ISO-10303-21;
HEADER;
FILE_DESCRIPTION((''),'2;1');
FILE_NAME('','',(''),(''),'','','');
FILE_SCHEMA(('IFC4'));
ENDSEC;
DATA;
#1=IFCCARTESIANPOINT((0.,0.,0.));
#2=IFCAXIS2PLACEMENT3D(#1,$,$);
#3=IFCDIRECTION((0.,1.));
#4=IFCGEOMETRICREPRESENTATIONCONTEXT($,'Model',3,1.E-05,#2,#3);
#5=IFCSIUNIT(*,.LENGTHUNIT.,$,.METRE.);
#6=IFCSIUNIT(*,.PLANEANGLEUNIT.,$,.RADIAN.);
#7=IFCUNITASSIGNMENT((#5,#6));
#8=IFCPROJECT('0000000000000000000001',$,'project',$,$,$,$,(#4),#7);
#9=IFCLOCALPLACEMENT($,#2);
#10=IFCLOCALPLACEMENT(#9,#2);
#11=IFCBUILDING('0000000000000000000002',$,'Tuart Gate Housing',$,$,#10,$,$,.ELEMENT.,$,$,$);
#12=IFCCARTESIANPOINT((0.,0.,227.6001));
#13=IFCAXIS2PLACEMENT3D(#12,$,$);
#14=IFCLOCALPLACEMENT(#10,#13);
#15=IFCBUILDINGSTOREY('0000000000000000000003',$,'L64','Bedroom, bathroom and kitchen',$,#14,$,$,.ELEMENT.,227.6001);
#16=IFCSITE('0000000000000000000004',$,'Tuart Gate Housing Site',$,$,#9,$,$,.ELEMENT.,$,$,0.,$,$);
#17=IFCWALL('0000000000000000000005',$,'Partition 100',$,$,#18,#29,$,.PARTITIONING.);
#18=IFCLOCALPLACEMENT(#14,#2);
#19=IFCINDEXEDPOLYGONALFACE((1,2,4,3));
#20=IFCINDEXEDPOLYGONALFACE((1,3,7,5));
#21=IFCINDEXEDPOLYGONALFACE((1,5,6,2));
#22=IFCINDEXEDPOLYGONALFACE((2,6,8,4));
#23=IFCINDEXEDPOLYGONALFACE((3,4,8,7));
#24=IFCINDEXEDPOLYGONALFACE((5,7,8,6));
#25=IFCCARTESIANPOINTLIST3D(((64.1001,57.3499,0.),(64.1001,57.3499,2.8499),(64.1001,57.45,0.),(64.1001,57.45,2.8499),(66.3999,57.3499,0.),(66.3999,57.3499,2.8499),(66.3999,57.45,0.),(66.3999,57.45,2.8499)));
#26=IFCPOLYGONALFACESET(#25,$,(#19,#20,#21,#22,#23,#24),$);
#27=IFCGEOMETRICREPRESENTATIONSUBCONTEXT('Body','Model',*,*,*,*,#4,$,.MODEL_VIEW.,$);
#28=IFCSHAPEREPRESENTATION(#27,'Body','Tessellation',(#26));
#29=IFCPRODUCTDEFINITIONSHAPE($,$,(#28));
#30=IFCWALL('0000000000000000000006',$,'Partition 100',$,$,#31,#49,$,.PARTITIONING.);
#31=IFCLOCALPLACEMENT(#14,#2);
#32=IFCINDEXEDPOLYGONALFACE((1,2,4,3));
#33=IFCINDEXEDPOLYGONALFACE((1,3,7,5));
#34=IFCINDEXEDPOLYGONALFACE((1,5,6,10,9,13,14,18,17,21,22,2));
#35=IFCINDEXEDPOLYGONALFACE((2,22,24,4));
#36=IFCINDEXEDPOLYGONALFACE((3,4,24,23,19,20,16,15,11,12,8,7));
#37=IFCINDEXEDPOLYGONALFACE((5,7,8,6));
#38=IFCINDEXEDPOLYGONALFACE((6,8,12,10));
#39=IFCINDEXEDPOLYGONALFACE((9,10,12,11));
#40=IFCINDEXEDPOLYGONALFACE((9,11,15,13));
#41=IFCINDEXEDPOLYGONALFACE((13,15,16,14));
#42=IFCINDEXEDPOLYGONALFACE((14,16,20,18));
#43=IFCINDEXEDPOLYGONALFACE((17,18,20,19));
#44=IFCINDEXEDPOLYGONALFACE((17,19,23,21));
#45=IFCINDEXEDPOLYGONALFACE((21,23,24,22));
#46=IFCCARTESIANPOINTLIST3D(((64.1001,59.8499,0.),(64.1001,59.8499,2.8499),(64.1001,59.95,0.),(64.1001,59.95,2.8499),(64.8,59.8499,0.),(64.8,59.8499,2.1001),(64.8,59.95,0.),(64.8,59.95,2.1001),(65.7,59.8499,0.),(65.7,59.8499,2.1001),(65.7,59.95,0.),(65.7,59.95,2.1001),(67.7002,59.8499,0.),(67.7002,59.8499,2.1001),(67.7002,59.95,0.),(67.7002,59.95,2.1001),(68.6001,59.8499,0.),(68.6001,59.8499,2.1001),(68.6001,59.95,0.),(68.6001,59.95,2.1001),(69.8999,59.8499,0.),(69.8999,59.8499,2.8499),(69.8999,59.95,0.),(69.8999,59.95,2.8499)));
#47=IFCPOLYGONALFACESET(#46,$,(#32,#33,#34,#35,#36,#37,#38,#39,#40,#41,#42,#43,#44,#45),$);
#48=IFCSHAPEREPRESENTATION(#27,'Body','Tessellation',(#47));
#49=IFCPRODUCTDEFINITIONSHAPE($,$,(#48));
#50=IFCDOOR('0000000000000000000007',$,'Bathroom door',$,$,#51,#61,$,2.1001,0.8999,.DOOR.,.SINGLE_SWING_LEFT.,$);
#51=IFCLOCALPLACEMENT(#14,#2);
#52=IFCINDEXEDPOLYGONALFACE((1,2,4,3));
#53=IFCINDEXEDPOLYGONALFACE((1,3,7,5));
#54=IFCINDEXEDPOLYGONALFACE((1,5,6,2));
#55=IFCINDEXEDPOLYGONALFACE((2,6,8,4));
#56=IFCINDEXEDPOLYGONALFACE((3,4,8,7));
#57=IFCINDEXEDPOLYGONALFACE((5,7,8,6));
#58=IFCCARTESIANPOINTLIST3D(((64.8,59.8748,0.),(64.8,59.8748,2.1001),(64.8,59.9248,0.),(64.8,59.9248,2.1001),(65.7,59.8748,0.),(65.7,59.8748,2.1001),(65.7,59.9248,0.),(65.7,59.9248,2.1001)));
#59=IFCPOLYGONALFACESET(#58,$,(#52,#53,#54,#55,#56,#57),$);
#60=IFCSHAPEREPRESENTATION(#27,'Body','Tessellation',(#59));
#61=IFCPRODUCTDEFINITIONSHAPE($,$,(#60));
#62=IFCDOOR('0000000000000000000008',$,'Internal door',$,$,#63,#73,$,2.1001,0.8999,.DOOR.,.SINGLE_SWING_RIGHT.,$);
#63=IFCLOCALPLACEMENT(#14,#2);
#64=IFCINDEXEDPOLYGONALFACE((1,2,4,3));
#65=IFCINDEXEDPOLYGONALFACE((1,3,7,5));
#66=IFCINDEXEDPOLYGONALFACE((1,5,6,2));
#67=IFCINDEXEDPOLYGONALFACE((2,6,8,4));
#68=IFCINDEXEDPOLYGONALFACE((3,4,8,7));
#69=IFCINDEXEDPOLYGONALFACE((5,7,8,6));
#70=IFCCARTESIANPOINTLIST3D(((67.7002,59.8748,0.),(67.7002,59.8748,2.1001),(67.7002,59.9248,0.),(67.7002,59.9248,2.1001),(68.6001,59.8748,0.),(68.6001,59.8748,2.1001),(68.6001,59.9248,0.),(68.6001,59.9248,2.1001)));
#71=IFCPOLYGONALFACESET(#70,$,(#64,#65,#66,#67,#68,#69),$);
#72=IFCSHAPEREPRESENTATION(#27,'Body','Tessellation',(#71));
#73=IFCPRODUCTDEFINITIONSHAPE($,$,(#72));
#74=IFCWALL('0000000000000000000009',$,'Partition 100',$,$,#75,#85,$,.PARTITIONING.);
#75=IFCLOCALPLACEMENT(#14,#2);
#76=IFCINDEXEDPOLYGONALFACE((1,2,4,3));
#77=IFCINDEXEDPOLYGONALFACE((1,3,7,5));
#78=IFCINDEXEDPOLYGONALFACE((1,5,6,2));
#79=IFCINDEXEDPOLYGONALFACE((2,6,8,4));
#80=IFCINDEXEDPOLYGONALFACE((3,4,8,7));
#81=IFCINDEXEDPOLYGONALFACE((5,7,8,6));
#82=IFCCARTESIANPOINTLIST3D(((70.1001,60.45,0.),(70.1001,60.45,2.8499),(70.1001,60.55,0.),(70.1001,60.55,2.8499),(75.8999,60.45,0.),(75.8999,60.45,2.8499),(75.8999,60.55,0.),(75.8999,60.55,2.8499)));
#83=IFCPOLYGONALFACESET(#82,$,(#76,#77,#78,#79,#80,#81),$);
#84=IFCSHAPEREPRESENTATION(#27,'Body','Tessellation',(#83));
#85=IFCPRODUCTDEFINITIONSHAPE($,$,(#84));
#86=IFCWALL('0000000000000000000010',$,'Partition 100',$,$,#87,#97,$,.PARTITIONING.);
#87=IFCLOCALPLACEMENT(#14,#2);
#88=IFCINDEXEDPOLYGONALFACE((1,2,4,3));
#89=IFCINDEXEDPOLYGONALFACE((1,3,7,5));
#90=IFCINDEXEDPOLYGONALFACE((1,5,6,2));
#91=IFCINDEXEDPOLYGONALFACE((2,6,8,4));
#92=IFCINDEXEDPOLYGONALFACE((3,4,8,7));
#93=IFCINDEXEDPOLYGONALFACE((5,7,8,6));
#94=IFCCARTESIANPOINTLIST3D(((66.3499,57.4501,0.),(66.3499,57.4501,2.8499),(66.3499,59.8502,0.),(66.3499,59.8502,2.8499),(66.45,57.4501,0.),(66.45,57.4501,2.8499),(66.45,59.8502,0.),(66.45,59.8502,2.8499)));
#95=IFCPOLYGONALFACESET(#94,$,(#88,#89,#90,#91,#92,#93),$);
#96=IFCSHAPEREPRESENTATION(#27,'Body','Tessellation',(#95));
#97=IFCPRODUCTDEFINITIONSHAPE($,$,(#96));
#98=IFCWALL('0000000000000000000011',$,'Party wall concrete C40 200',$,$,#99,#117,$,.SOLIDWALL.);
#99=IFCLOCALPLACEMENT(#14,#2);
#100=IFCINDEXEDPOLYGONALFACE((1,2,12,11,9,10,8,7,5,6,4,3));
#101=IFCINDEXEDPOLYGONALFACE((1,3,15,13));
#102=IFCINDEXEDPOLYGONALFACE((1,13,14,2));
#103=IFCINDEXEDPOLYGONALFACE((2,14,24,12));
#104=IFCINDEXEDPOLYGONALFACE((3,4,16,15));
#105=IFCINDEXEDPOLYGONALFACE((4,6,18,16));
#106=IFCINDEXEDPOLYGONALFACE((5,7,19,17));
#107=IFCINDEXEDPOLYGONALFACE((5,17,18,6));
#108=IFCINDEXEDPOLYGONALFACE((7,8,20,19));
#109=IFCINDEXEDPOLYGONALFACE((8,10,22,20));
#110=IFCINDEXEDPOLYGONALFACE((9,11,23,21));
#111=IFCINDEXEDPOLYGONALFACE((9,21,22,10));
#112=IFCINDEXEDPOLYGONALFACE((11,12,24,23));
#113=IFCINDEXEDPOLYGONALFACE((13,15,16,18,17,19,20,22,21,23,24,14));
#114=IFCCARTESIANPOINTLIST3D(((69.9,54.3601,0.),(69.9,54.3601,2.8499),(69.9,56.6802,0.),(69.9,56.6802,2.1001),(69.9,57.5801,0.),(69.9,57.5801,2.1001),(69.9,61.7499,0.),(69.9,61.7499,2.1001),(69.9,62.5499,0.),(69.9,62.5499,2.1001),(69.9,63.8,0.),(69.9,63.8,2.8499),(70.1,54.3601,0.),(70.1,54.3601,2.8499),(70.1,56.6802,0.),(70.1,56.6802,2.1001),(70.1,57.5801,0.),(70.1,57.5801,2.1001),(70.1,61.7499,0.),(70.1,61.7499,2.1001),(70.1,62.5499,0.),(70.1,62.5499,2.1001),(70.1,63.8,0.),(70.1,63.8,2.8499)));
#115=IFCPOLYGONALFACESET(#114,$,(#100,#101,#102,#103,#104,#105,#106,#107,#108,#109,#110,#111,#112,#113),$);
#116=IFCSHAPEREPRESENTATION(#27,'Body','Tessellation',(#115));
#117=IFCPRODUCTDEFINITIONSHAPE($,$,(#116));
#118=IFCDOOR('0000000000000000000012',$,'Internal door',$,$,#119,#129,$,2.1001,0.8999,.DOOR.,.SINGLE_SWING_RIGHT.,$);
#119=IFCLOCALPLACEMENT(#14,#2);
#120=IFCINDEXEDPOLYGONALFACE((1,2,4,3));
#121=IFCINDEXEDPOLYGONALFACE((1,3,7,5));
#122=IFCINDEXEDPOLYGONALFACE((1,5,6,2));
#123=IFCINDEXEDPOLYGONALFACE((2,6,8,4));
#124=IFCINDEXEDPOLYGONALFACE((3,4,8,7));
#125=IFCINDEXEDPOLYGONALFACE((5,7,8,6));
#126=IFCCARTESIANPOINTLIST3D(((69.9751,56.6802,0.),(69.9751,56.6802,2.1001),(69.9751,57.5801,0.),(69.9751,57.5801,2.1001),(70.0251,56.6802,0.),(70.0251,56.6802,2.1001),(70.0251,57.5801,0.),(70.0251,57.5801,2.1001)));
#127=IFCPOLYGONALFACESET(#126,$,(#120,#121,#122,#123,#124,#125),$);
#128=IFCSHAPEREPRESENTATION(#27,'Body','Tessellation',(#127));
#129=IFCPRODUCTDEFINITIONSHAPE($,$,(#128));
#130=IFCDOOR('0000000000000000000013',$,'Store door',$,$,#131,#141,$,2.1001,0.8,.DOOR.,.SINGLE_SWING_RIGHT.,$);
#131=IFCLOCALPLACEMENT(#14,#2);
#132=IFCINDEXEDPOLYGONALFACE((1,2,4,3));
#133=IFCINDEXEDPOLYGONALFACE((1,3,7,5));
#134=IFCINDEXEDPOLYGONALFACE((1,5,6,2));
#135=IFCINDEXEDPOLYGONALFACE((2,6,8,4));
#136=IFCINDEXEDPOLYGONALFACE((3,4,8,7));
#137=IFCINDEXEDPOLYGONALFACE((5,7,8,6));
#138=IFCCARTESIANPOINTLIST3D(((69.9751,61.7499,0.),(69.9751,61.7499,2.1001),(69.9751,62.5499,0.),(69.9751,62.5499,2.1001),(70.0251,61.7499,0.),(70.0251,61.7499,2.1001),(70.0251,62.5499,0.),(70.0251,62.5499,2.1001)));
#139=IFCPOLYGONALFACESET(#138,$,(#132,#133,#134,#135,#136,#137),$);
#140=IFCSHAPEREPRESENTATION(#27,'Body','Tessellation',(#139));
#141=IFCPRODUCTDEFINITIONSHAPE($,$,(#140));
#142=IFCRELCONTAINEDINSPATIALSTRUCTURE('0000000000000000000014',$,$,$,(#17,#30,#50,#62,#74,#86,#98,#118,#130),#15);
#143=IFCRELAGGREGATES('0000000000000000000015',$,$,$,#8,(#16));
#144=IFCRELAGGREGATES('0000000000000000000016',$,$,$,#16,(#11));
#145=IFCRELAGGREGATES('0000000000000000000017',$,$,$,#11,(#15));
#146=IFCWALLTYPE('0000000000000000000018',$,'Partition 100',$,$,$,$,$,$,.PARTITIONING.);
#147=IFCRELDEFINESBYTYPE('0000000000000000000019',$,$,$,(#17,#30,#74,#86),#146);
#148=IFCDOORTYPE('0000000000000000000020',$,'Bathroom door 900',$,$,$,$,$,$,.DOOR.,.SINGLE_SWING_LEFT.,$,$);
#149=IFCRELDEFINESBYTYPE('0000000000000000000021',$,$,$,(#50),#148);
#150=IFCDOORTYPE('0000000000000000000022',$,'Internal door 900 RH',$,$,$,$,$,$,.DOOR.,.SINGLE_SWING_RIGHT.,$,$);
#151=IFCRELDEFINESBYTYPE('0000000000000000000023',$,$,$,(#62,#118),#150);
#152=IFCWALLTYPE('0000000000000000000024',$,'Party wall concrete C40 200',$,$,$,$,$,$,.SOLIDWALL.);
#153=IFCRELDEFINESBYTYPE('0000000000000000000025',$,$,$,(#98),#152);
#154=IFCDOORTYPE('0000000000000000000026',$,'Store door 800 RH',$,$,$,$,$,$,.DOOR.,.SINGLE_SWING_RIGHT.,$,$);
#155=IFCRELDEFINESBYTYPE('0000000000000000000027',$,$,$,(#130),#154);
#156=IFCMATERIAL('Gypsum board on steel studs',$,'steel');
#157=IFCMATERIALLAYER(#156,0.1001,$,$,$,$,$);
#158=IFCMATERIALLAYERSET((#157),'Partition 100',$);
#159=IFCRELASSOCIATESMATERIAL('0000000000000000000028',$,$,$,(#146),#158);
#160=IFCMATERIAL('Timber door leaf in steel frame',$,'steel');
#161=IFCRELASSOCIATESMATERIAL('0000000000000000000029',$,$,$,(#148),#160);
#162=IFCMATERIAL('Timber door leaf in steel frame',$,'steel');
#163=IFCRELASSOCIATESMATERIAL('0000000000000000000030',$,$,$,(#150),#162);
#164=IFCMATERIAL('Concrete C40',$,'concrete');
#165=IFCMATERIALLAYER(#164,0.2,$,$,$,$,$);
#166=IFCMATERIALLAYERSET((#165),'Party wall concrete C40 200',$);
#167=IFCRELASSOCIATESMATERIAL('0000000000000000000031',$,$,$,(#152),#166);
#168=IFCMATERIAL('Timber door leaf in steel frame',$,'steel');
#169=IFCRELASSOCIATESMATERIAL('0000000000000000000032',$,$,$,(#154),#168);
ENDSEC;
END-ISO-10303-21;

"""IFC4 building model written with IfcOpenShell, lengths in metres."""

from ifc_helpers import new_model, si_unit, direction, frame, frame_2d, origin, place, context, subcontext, project, spatial, rectangle, extrude, material, layer, layer_set, type_object, element, fill, save


model = new_model("IFC4")

# Units and contexts
model_context = context("Model", 3, precision=1e-05, world=origin(), true_north=direction((0.0, 1.0)))
body_context = subcontext(model_context, "Body", "Model", "MODEL_VIEW")
ifc_project = project(units=[si_unit("LENGTHUNIT", "METRE"), si_unit("PLANEANGLEUNIT", "RADIAN")], contexts=[model_context])

# Site, building, storey
site_placement = place(None, origin())
site = spatial("IfcSite", under=ifc_project, at=site_placement, Name="Tuart Gate Housing Site", CompositionType="ELEMENT", RefElevation=0.0)
building_placement = place(site_placement, origin())
building = spatial("IfcBuilding", under=site, at=building_placement, Name="Tuart Gate Housing", CompositionType="ELEMENT")
storey_placement = place(building_placement, frame((0.0, 0.0, 227.6001)))
storey = spatial("IfcBuildingStorey", under=building, at=storey_placement, Name="L64", Description="Bedroom, bathroom and kitchen", CompositionType="ELEMENT", Elevation=227.6001)

# Wall
ifc_material_1 = material(Name="Gypsum board on steel studs", Category="steel")
ifc_layer_1 = layer(ifc_material_1, 0.1001)
ifc_layer_set_1 = layer_set([ifc_layer_1], Name="Partition 100")
wall_type_1 = type_object("IfcWallType", Name="Partition 100", PredefinedType="PARTITIONING", material=ifc_layer_set_1)
wall_1_placement = place(storey_placement, frame((64.1001, 57.3999, 0.0), z_axis=(0.0, 0.0, 1.0), x_axis=(1.0, 0.0, 0.0)))
element("IfcWall", 1, at=wall_1_placement, inside=storey, type_object=wall_type_1, Name="Partition 100", PredefinedType="PARTITIONING", context=body_context, shape_type="SweptSolid", body=[
    extrude(rectangle(XDim=2.2998, YDim=0.1001, at=frame_2d((1.1499, 0.0))), origin(), (0.0, 0.0, 1.0), 2.8499),
])

# Wall, openings, doors
wall_2_placement = place(storey_placement, frame((64.1001, 59.8999, 0.0), z_axis=(0.0, 0.0, 1.0), x_axis=(1.0, 0.0, 0.0)))
wall_2 = element("IfcWall", 2, at=wall_2_placement, inside=storey, type_object=wall_type_1, Name="Partition 100", PredefinedType="PARTITIONING", context=body_context, shape_type="SweptSolid", body=[
    extrude(rectangle(XDim=5.7998, YDim=0.1001, at=frame_2d((2.8999, 0.0))), origin(), (0.0, 0.0, 1.0), 2.8499),
])
opening_1_placement = place(wall_2_placement, frame((3.6001, 0.0, 0.0)))
opening_1 = element("IfcOpeningElement", 3, at=opening_1_placement, cuts=wall_2, PredefinedType="OPENING", context=body_context, shape_type="SweptSolid", body=[
    extrude(rectangle(XDim=0.8999, YDim=2.1001, at=frame_2d((0.45, 1.05))), frame((0.0, 0.0601, 0.0), z_axis=(0.0, -1.0, 0.0), x_axis=(1.0, 0.0, 0.0)), (0.0, 0.0, 1.0), 0.1201),
])
opening_2_placement = place(wall_2_placement, frame((0.7, 0.0, 0.0)))
opening_2 = element("IfcOpeningElement", 4, at=opening_2_placement, cuts=wall_2, PredefinedType="OPENING", context=body_context, shape_type="SweptSolid", body=[
    extrude(rectangle(XDim=0.8999, YDim=2.1001, at=frame_2d((0.45, 1.05))), frame((0.0, 0.0601, 0.0), z_axis=(0.0, -1.0, 0.0), x_axis=(1.0, 0.0, 0.0)), (0.0, 0.0, 1.0), 0.1201),
])
ifc_material_2 = material(Name="Timber door leaf in steel frame", Category="steel")
door_type_1 = type_object("IfcDoorType", Name="Bathroom door 900", OperationType="SINGLE_SWING_LEFT", PredefinedType="DOOR", material=ifc_material_2)
door_1_placement = place(opening_2_placement, frame((0.8999, 0.0, 0.0), z_axis=(0.0, 0.0, 1.0), x_axis=(-1.0, 0.0, 0.0)))
door_1 = element("IfcDoor", 5, at=door_1_placement, inside=storey, type_object=door_type_1, Name="Bathroom door", OperationType="SINGLE_SWING_LEFT", OverallHeight=2.1001, OverallWidth=0.8999, PredefinedType="DOOR", context=body_context, shape_type="SweptSolid", body=[
    extrude(rectangle(XDim=0.8999, YDim=2.1001, at=frame_2d((0.45, 1.05))), frame((0.0, 0.0251, 0.0), z_axis=(0.0, -1.0, 0.0), x_axis=(1.0, 0.0, 0.0)), (0.0, 0.0, 1.0), 0.05),
])
fill(opening_2, door_1)
ifc_material_3 = material(Name="Timber door leaf in steel frame", Category="steel")
door_type_2 = type_object("IfcDoorType", Name="Internal door 900 RH", OperationType="SINGLE_SWING_RIGHT", PredefinedType="DOOR", material=ifc_material_3)
door_2_placement = place(opening_1_placement, origin())
door_2 = element("IfcDoor", 6, at=door_2_placement, inside=storey, type_object=door_type_2, Name="Internal door", OperationType="SINGLE_SWING_RIGHT", OverallHeight=2.1001, OverallWidth=0.8999, PredefinedType="DOOR", context=body_context, shape_type="SweptSolid", body=[
    extrude(rectangle(XDim=0.8999, YDim=2.1001, at=frame_2d((0.45, 1.05))), frame((0.0, 0.0249, 0.0), z_axis=(0.0, -1.0, 0.0), x_axis=(1.0, 0.0, 0.0)), (0.0, 0.0, 1.0), 0.05),
])
fill(opening_1, door_2)

# Walls
wall_3_placement = place(storey_placement, frame((70.1001, 60.5, 0.0), z_axis=(0.0, 0.0, 1.0), x_axis=(1.0, 0.0, 0.0)))
element("IfcWall", 7, at=wall_3_placement, inside=storey, type_object=wall_type_1, Name="Partition 100", PredefinedType="PARTITIONING", context=body_context, shape_type="SweptSolid", body=[
    extrude(rectangle(XDim=5.7998, YDim=0.1001, at=frame_2d((2.8999, 0.0))), origin(), (0.0, 0.0, 1.0), 2.8499),
])
wall_4_placement = place(storey_placement, frame((66.3999, 57.45, 0.0), z_axis=(0.0, 0.0, 1.0), x_axis=(0.0, 1.0, 0.0)))
element("IfcWall", 8, at=wall_4_placement, inside=storey, type_object=wall_type_1, Name="Partition 100", PredefinedType="PARTITIONING", context=body_context, shape_type="SweptSolid", body=[
    extrude(rectangle(XDim=2.4001, YDim=0.1001, at=frame_2d((1.2002, 0.0))), origin(), (0.0, 0.0, 1.0), 2.8499),
])

# Wall, openings, doors
ifc_material_4 = material(Name="Concrete C40", Category="concrete")
ifc_layer_2 = layer(ifc_material_4, 0.2)
ifc_layer_set_2 = layer_set([ifc_layer_2], Name="Party wall concrete C40 200")
wall_type_2 = type_object("IfcWallType", Name="Party wall concrete C40 200", PredefinedType="SOLIDWALL", material=ifc_layer_set_2)
wall_5_placement = place(storey_placement, frame((70.0, 54.3601, 0.0), z_axis=(0.0, 0.0, 1.0), x_axis=(0.0, 1.0, 0.0)))
wall_5 = element("IfcWall", 9, at=wall_5_placement, inside=storey, type_object=wall_type_2, Name="Party wall concrete C40 200", PredefinedType="SOLIDWALL", context=body_context, shape_type="SweptSolid", body=[
    extrude(rectangle(XDim=9.4399, YDim=0.2, at=frame_2d((4.72, 0.0))), origin(), (0.0, 0.0, 1.0), 2.8499),
])
opening_3_placement = place(wall_5_placement, frame((2.3201, 0.0, 0.0)))
opening_3 = element("IfcOpeningElement", 10, at=opening_3_placement, cuts=wall_5, PredefinedType="OPENING", context=body_context, shape_type="SweptSolid", body=[
    extrude(rectangle(XDim=0.8999, YDim=2.1001, at=frame_2d((0.45, 1.05))), frame((0.0, 0.1099, 0.0), z_axis=(0.0, -1.0, 0.0), x_axis=(1.0, 0.0, 0.0)), (0.0, 0.0, 1.0), 0.22),
])
opening_4_placement = place(wall_5_placement, frame((7.3899, 0.0, 0.0)))
opening_4 = element("IfcOpeningElement", 11, at=opening_4_placement, cuts=wall_5, PredefinedType="OPENING", context=body_context, shape_type="SweptSolid", body=[
    extrude(rectangle(XDim=0.8, YDim=2.1001, at=frame_2d((0.3999, 1.05))), frame((0.0, 0.1099, 0.0), z_axis=(0.0, -1.0, 0.0), x_axis=(1.0, 0.0, 0.0)), (0.0, 0.0, 1.0), 0.22),
])
door_3_placement = place(opening_3_placement, frame((0.8999, 0.0, 0.0), z_axis=(0.0, 0.0, 1.0), x_axis=(-1.0, 0.0, 0.0)))
door_3 = element("IfcDoor", 12, at=door_3_placement, inside=storey, type_object=door_type_2, Name="Internal door", OperationType="SINGLE_SWING_RIGHT", OverallHeight=2.1001, OverallWidth=0.8999, PredefinedType="DOOR", context=body_context, shape_type="SweptSolid", body=[
    extrude(rectangle(XDim=0.8999, YDim=2.1001, at=frame_2d((0.45, 1.05))), frame((0.0, 0.0251, 0.0), z_axis=(0.0, -1.0, 0.0), x_axis=(1.0, 0.0, 0.0)), (0.0, 0.0, 1.0), 0.05),
])
fill(opening_3, door_3)
ifc_material_5 = material(Name="Timber door leaf in steel frame", Category="steel")
door_type_3 = type_object("IfcDoorType", Name="Store door 800 RH", OperationType="SINGLE_SWING_RIGHT", PredefinedType="DOOR", material=ifc_material_5)
door_4_placement = place(opening_4_placement, frame((0.8, 0.0, 0.0), z_axis=(0.0, 0.0, 1.0), x_axis=(-1.0, 0.0, 0.0)))
door_4 = element("IfcDoor", 13, at=door_4_placement, inside=storey, type_object=door_type_3, Name="Store door", OperationType="SINGLE_SWING_RIGHT", OverallHeight=2.1001, OverallWidth=0.8, PredefinedType="DOOR", context=body_context, shape_type="SweptSolid", body=[
    extrude(rectangle(XDim=0.8, YDim=2.1001, at=frame_2d((0.4001, 1.05))), frame((0.0, 0.0251, 0.0), z_axis=(0.0, -1.0, 0.0), x_axis=(1.0, 0.0, 0.0)), (0.0, 0.0, 1.0), 0.05),
])
fill(opening_4, door_4)

save(model, "model.ifc")
